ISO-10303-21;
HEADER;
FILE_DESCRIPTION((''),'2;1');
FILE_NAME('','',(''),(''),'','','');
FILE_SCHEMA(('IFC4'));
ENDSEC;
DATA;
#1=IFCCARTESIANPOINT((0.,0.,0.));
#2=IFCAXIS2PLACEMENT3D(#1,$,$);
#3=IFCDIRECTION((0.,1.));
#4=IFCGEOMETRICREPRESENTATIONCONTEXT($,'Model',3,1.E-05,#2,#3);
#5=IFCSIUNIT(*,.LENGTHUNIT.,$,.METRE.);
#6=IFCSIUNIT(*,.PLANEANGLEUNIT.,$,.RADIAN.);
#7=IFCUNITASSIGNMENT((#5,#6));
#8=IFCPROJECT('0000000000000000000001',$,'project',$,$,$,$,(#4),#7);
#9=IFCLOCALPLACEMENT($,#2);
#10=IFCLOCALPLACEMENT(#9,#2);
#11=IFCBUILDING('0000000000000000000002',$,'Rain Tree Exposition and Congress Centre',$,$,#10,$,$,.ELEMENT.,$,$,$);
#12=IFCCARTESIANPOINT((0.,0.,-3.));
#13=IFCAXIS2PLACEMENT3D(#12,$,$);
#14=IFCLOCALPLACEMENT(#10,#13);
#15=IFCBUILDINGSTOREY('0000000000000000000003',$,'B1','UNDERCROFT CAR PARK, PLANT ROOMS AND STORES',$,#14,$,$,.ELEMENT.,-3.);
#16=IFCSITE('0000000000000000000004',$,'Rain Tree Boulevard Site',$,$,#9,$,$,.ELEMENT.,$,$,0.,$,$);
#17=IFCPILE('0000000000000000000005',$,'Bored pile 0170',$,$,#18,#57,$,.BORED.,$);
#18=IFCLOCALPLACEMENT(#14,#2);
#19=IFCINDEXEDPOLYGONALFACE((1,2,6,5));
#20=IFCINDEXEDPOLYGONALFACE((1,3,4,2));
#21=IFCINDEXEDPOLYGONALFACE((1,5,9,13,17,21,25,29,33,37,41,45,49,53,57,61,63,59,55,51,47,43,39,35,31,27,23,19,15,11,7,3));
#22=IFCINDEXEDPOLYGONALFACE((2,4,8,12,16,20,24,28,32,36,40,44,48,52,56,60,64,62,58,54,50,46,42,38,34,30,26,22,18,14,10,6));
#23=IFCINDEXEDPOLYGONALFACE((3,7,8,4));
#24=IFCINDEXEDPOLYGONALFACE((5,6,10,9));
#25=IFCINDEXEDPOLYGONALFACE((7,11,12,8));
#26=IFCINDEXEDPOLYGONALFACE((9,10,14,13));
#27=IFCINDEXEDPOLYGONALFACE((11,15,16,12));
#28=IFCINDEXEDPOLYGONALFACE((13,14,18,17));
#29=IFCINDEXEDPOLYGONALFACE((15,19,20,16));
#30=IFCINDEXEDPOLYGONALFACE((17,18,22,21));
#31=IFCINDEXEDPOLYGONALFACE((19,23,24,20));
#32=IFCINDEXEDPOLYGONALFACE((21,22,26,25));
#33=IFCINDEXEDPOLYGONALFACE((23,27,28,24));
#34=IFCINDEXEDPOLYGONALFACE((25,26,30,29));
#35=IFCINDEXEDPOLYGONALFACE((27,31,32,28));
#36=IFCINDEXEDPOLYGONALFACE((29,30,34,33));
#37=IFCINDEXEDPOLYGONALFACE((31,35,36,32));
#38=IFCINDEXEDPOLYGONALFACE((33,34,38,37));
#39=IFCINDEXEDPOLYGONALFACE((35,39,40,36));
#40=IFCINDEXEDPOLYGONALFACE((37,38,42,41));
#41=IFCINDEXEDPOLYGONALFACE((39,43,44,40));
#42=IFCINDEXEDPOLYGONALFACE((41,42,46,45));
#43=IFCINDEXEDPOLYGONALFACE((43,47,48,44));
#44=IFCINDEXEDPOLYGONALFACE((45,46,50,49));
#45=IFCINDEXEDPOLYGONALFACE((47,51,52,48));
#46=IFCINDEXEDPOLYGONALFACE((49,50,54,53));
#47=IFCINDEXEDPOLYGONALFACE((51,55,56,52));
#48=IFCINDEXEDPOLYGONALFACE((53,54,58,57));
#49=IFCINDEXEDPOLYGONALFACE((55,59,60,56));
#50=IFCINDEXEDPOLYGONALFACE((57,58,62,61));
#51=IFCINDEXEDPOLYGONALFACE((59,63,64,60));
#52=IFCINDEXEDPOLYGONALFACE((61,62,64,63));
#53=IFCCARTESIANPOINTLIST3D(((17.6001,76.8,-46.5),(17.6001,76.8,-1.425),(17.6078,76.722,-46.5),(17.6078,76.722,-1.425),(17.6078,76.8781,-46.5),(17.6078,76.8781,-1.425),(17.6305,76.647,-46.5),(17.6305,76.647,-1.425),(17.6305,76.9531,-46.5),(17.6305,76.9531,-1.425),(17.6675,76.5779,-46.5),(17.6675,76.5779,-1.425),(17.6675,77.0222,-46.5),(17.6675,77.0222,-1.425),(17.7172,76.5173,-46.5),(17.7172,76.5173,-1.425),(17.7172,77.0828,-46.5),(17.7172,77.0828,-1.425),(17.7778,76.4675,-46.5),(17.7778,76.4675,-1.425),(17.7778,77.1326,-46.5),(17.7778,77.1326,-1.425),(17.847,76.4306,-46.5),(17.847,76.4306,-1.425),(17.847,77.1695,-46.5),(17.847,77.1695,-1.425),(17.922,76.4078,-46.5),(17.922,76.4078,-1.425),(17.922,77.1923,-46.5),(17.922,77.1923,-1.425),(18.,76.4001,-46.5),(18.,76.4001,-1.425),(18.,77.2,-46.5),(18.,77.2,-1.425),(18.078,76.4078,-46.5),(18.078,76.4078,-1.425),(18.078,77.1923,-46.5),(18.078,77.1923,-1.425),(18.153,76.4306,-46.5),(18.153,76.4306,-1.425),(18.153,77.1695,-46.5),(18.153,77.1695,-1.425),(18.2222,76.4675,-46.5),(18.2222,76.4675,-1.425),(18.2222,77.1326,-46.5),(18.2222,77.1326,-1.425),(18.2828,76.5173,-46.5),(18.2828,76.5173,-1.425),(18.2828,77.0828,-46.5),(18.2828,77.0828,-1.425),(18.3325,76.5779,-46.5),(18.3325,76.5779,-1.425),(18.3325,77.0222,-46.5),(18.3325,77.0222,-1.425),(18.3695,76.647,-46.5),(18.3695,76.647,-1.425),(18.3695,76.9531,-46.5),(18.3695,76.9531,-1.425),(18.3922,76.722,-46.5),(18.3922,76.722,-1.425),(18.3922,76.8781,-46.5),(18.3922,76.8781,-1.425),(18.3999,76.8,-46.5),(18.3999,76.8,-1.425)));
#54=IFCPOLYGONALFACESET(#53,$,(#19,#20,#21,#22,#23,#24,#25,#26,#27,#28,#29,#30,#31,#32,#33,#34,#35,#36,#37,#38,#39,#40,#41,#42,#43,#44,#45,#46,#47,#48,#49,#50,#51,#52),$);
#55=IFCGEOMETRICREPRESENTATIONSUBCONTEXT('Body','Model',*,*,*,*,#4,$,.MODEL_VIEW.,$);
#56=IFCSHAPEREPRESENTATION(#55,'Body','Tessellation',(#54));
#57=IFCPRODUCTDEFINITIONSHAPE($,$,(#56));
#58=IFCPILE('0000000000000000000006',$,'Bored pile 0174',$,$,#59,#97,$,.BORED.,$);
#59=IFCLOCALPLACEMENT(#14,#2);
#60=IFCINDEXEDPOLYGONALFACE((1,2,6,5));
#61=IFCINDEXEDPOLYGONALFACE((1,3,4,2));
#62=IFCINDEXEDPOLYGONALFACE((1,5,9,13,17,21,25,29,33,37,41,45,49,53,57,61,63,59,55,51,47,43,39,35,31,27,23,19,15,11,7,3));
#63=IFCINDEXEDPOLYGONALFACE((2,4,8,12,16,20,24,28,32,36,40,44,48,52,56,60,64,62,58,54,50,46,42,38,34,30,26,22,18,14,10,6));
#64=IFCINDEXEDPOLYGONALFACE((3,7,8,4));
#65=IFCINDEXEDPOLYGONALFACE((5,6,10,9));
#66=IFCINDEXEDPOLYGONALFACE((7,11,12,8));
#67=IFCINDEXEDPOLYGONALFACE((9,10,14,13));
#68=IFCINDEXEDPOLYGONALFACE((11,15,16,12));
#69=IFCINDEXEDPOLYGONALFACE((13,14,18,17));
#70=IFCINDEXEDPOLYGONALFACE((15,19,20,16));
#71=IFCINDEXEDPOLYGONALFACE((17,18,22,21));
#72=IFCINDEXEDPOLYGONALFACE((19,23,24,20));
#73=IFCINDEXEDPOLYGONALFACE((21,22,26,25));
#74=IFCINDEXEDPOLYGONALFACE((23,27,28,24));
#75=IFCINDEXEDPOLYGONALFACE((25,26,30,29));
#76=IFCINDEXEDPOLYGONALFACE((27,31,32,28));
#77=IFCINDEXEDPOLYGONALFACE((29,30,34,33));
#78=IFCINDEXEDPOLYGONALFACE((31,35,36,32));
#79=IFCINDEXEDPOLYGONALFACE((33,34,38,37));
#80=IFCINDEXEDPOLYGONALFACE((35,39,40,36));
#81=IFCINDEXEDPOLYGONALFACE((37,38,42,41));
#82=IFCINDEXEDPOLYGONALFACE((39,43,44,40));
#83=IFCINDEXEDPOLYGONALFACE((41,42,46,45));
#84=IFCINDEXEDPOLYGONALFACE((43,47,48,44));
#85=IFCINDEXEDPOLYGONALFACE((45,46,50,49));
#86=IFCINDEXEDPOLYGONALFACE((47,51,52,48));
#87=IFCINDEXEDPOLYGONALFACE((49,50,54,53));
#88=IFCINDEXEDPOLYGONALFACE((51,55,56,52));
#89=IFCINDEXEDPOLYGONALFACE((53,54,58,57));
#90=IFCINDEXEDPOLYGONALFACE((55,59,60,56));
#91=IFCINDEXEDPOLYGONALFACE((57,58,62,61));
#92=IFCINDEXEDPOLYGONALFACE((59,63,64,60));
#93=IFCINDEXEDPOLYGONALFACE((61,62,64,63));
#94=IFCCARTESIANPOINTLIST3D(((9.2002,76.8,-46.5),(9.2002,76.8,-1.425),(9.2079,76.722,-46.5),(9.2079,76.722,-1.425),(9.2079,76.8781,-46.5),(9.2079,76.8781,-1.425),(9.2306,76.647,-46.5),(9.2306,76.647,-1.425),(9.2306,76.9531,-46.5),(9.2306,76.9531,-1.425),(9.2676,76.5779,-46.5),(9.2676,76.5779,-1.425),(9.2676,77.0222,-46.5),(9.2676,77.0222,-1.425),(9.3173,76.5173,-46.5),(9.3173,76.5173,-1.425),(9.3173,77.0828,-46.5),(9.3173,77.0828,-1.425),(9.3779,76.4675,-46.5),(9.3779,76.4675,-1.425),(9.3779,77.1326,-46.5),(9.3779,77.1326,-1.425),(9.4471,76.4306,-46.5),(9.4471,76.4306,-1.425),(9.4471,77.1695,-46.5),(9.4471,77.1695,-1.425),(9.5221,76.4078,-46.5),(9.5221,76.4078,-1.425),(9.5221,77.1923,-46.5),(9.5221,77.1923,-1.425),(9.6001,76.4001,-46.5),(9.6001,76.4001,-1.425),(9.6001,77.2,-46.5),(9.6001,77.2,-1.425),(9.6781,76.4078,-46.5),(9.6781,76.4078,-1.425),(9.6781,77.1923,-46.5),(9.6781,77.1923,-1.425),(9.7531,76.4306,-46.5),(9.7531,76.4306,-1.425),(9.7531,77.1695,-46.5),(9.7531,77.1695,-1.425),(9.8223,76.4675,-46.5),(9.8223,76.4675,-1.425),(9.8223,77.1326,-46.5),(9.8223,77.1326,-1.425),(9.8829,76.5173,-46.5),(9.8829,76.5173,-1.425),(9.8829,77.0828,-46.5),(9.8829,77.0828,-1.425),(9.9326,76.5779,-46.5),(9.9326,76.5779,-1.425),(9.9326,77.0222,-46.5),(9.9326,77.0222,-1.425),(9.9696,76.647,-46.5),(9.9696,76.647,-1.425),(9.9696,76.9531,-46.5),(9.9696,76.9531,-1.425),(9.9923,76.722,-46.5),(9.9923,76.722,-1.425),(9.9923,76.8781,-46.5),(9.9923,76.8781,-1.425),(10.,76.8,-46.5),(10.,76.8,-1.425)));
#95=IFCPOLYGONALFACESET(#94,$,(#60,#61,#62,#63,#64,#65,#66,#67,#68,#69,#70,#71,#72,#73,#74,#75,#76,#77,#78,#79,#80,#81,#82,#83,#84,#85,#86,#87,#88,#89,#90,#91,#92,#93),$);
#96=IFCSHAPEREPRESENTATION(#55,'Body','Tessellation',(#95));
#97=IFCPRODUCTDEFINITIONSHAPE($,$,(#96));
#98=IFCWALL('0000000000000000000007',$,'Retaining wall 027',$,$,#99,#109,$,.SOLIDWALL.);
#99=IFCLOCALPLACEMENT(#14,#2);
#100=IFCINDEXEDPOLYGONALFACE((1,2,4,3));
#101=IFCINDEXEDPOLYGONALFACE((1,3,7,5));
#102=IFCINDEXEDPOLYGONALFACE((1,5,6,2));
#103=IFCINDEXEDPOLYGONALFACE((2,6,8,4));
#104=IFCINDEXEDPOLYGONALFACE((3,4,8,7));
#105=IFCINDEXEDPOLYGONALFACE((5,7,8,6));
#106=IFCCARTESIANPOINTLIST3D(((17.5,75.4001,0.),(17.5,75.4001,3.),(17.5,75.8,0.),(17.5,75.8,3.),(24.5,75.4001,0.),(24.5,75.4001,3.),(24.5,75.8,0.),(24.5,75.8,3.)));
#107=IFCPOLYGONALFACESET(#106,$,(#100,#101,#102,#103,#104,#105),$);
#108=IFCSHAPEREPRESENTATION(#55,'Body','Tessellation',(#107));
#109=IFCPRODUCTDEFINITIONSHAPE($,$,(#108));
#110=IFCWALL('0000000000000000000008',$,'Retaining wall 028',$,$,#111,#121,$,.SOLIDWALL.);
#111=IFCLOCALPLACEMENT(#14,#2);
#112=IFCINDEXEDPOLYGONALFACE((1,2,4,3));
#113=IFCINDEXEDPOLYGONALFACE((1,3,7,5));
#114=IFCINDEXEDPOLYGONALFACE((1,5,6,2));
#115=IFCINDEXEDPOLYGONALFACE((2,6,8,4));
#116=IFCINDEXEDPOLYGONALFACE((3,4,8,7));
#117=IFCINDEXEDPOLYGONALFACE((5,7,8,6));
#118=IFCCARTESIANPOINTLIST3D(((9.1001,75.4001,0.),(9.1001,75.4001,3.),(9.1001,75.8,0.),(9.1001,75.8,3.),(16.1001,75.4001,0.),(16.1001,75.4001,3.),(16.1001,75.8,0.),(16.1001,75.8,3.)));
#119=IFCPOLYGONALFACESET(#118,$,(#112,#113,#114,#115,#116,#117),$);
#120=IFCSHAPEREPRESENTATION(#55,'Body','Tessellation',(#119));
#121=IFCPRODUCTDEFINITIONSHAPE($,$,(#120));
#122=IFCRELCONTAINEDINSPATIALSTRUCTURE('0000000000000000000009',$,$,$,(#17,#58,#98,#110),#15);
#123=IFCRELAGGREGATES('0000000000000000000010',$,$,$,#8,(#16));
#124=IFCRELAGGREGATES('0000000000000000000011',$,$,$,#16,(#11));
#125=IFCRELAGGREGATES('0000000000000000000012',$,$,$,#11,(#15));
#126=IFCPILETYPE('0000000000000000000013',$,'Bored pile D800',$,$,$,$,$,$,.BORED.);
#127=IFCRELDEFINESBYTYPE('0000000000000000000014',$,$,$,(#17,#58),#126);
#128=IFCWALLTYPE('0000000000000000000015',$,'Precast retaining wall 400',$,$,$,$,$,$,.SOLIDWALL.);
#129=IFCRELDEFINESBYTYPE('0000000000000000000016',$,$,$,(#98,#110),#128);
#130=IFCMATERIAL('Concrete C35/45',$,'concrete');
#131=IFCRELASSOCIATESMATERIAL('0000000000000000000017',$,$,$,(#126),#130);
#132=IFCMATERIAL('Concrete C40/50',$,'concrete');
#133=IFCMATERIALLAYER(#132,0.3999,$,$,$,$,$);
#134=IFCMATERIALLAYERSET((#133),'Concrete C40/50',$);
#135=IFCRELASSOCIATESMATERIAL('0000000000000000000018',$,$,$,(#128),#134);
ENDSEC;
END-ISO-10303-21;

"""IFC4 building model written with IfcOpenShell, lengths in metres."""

from ifc_helpers import new_model, si_unit, direction, frame, frame_2d, origin, origin_2d, place, context, subcontext, project, spatial, rectangle, circle, extrude, material, layer, layer_set, material_profile, profile_set, type_object, element, save


model = new_model("IFC4")

# Units and contexts
model_context = context("Model", 3, precision=1e-05, world=origin(), true_north=direction((0.0, 1.0)))
body_context = subcontext(model_context, "Body", "Model", "MODEL_VIEW")
ifc_project = project(units=[si_unit("LENGTHUNIT", "METRE"), si_unit("PLANEANGLEUNIT", "RADIAN")], contexts=[model_context])

# Site, building, storey
site_placement = place(None, origin())
site = spatial("IfcSite", under=ifc_project, at=site_placement, Name="Rain Tree Boulevard Site", CompositionType="ELEMENT", RefElevation=0.0)
building_placement = place(site_placement, origin())
building = spatial("IfcBuilding", under=site, at=building_placement, Name="Rain Tree Exposition and Congress Centre", CompositionType="ELEMENT")
storey_placement = place(building_placement, frame((0.0, 0.0, -3.0)))
storey = spatial("IfcBuildingStorey", under=building, at=storey_placement, Name="B1", Description="UNDERCROFT CAR PARK, PLANT ROOMS AND STORES", CompositionType="ELEMENT", Elevation=-3.0)

# Piles
ifc_material_1 = material(Name="Concrete C35/45", Category="concrete")
ifc_material_profile_1 = material_profile(ifc_material_1, circle(Radius=0.3999, at=origin_2d()), Name="D800")
ifc_profile_set_1 = profile_set([ifc_material_profile_1], Name="Concrete C35/45")
pile_type_1 = type_object("IfcPileType", Name="Bored pile D800", PredefinedType="BORED", material=ifc_profile_set_1)
for number, where, z_axis, x_axis, name in (
    (1, (18.0, 76.8, -1.425), (0.0, 0.0, -1.0), (1.0, 0.0, 0.0), "Bored pile 0170"),
    (2, (9.6001, 76.8, -1.425), (0.0, 0.0, -1.0), (1.0, 0.0, 0.0), "Bored pile 0174"),
):
    element("IfcPile", number, at=place(storey_placement, frame(where, z_axis=z_axis, x_axis=x_axis)), inside=storey, type_object=pile_type_1, Name=name, PredefinedType="BORED", context=body_context, shape_type="SweptSolid", body=[
        extrude(circle(Radius=0.3999, at=origin_2d()), origin(), (0.0, 0.0, 1.0), 45.075),
    ])

# Walls
ifc_material_2 = material(Name="Concrete C40/50", Category="concrete")
ifc_layer = layer(ifc_material_2, 0.3999)
ifc_layer_set = layer_set([ifc_layer], Name="Concrete C40/50")
wall_type = type_object("IfcWallType", Name="Precast retaining wall 400", PredefinedType="SOLIDWALL", material=ifc_layer_set)
for number, where, z_axis, x_axis, name in (
    (3, (24.5, 75.6001, 0.0), (0.0, 0.0, 1.0), (-1.0, 0.0, 0.0), "Retaining wall 027"),
    (4, (16.1001, 75.6001, 0.0), (0.0, 0.0, 1.0), (-1.0, 0.0, 0.0), "Retaining wall 028"),
):
    element("IfcWall", number, at=place(storey_placement, frame(where, z_axis=z_axis, x_axis=x_axis)), inside=storey, type_object=wall_type, Name=name, PredefinedType="SOLIDWALL", context=body_context, shape_type="SweptSolid", body=[
        extrude(rectangle(XDim=7.0, YDim=0.3999, at=frame_2d((3.5, 0.0))), origin(), (0.0, 0.0, 1.0), 3.0),
    ])

save(model, "model.ifc")
